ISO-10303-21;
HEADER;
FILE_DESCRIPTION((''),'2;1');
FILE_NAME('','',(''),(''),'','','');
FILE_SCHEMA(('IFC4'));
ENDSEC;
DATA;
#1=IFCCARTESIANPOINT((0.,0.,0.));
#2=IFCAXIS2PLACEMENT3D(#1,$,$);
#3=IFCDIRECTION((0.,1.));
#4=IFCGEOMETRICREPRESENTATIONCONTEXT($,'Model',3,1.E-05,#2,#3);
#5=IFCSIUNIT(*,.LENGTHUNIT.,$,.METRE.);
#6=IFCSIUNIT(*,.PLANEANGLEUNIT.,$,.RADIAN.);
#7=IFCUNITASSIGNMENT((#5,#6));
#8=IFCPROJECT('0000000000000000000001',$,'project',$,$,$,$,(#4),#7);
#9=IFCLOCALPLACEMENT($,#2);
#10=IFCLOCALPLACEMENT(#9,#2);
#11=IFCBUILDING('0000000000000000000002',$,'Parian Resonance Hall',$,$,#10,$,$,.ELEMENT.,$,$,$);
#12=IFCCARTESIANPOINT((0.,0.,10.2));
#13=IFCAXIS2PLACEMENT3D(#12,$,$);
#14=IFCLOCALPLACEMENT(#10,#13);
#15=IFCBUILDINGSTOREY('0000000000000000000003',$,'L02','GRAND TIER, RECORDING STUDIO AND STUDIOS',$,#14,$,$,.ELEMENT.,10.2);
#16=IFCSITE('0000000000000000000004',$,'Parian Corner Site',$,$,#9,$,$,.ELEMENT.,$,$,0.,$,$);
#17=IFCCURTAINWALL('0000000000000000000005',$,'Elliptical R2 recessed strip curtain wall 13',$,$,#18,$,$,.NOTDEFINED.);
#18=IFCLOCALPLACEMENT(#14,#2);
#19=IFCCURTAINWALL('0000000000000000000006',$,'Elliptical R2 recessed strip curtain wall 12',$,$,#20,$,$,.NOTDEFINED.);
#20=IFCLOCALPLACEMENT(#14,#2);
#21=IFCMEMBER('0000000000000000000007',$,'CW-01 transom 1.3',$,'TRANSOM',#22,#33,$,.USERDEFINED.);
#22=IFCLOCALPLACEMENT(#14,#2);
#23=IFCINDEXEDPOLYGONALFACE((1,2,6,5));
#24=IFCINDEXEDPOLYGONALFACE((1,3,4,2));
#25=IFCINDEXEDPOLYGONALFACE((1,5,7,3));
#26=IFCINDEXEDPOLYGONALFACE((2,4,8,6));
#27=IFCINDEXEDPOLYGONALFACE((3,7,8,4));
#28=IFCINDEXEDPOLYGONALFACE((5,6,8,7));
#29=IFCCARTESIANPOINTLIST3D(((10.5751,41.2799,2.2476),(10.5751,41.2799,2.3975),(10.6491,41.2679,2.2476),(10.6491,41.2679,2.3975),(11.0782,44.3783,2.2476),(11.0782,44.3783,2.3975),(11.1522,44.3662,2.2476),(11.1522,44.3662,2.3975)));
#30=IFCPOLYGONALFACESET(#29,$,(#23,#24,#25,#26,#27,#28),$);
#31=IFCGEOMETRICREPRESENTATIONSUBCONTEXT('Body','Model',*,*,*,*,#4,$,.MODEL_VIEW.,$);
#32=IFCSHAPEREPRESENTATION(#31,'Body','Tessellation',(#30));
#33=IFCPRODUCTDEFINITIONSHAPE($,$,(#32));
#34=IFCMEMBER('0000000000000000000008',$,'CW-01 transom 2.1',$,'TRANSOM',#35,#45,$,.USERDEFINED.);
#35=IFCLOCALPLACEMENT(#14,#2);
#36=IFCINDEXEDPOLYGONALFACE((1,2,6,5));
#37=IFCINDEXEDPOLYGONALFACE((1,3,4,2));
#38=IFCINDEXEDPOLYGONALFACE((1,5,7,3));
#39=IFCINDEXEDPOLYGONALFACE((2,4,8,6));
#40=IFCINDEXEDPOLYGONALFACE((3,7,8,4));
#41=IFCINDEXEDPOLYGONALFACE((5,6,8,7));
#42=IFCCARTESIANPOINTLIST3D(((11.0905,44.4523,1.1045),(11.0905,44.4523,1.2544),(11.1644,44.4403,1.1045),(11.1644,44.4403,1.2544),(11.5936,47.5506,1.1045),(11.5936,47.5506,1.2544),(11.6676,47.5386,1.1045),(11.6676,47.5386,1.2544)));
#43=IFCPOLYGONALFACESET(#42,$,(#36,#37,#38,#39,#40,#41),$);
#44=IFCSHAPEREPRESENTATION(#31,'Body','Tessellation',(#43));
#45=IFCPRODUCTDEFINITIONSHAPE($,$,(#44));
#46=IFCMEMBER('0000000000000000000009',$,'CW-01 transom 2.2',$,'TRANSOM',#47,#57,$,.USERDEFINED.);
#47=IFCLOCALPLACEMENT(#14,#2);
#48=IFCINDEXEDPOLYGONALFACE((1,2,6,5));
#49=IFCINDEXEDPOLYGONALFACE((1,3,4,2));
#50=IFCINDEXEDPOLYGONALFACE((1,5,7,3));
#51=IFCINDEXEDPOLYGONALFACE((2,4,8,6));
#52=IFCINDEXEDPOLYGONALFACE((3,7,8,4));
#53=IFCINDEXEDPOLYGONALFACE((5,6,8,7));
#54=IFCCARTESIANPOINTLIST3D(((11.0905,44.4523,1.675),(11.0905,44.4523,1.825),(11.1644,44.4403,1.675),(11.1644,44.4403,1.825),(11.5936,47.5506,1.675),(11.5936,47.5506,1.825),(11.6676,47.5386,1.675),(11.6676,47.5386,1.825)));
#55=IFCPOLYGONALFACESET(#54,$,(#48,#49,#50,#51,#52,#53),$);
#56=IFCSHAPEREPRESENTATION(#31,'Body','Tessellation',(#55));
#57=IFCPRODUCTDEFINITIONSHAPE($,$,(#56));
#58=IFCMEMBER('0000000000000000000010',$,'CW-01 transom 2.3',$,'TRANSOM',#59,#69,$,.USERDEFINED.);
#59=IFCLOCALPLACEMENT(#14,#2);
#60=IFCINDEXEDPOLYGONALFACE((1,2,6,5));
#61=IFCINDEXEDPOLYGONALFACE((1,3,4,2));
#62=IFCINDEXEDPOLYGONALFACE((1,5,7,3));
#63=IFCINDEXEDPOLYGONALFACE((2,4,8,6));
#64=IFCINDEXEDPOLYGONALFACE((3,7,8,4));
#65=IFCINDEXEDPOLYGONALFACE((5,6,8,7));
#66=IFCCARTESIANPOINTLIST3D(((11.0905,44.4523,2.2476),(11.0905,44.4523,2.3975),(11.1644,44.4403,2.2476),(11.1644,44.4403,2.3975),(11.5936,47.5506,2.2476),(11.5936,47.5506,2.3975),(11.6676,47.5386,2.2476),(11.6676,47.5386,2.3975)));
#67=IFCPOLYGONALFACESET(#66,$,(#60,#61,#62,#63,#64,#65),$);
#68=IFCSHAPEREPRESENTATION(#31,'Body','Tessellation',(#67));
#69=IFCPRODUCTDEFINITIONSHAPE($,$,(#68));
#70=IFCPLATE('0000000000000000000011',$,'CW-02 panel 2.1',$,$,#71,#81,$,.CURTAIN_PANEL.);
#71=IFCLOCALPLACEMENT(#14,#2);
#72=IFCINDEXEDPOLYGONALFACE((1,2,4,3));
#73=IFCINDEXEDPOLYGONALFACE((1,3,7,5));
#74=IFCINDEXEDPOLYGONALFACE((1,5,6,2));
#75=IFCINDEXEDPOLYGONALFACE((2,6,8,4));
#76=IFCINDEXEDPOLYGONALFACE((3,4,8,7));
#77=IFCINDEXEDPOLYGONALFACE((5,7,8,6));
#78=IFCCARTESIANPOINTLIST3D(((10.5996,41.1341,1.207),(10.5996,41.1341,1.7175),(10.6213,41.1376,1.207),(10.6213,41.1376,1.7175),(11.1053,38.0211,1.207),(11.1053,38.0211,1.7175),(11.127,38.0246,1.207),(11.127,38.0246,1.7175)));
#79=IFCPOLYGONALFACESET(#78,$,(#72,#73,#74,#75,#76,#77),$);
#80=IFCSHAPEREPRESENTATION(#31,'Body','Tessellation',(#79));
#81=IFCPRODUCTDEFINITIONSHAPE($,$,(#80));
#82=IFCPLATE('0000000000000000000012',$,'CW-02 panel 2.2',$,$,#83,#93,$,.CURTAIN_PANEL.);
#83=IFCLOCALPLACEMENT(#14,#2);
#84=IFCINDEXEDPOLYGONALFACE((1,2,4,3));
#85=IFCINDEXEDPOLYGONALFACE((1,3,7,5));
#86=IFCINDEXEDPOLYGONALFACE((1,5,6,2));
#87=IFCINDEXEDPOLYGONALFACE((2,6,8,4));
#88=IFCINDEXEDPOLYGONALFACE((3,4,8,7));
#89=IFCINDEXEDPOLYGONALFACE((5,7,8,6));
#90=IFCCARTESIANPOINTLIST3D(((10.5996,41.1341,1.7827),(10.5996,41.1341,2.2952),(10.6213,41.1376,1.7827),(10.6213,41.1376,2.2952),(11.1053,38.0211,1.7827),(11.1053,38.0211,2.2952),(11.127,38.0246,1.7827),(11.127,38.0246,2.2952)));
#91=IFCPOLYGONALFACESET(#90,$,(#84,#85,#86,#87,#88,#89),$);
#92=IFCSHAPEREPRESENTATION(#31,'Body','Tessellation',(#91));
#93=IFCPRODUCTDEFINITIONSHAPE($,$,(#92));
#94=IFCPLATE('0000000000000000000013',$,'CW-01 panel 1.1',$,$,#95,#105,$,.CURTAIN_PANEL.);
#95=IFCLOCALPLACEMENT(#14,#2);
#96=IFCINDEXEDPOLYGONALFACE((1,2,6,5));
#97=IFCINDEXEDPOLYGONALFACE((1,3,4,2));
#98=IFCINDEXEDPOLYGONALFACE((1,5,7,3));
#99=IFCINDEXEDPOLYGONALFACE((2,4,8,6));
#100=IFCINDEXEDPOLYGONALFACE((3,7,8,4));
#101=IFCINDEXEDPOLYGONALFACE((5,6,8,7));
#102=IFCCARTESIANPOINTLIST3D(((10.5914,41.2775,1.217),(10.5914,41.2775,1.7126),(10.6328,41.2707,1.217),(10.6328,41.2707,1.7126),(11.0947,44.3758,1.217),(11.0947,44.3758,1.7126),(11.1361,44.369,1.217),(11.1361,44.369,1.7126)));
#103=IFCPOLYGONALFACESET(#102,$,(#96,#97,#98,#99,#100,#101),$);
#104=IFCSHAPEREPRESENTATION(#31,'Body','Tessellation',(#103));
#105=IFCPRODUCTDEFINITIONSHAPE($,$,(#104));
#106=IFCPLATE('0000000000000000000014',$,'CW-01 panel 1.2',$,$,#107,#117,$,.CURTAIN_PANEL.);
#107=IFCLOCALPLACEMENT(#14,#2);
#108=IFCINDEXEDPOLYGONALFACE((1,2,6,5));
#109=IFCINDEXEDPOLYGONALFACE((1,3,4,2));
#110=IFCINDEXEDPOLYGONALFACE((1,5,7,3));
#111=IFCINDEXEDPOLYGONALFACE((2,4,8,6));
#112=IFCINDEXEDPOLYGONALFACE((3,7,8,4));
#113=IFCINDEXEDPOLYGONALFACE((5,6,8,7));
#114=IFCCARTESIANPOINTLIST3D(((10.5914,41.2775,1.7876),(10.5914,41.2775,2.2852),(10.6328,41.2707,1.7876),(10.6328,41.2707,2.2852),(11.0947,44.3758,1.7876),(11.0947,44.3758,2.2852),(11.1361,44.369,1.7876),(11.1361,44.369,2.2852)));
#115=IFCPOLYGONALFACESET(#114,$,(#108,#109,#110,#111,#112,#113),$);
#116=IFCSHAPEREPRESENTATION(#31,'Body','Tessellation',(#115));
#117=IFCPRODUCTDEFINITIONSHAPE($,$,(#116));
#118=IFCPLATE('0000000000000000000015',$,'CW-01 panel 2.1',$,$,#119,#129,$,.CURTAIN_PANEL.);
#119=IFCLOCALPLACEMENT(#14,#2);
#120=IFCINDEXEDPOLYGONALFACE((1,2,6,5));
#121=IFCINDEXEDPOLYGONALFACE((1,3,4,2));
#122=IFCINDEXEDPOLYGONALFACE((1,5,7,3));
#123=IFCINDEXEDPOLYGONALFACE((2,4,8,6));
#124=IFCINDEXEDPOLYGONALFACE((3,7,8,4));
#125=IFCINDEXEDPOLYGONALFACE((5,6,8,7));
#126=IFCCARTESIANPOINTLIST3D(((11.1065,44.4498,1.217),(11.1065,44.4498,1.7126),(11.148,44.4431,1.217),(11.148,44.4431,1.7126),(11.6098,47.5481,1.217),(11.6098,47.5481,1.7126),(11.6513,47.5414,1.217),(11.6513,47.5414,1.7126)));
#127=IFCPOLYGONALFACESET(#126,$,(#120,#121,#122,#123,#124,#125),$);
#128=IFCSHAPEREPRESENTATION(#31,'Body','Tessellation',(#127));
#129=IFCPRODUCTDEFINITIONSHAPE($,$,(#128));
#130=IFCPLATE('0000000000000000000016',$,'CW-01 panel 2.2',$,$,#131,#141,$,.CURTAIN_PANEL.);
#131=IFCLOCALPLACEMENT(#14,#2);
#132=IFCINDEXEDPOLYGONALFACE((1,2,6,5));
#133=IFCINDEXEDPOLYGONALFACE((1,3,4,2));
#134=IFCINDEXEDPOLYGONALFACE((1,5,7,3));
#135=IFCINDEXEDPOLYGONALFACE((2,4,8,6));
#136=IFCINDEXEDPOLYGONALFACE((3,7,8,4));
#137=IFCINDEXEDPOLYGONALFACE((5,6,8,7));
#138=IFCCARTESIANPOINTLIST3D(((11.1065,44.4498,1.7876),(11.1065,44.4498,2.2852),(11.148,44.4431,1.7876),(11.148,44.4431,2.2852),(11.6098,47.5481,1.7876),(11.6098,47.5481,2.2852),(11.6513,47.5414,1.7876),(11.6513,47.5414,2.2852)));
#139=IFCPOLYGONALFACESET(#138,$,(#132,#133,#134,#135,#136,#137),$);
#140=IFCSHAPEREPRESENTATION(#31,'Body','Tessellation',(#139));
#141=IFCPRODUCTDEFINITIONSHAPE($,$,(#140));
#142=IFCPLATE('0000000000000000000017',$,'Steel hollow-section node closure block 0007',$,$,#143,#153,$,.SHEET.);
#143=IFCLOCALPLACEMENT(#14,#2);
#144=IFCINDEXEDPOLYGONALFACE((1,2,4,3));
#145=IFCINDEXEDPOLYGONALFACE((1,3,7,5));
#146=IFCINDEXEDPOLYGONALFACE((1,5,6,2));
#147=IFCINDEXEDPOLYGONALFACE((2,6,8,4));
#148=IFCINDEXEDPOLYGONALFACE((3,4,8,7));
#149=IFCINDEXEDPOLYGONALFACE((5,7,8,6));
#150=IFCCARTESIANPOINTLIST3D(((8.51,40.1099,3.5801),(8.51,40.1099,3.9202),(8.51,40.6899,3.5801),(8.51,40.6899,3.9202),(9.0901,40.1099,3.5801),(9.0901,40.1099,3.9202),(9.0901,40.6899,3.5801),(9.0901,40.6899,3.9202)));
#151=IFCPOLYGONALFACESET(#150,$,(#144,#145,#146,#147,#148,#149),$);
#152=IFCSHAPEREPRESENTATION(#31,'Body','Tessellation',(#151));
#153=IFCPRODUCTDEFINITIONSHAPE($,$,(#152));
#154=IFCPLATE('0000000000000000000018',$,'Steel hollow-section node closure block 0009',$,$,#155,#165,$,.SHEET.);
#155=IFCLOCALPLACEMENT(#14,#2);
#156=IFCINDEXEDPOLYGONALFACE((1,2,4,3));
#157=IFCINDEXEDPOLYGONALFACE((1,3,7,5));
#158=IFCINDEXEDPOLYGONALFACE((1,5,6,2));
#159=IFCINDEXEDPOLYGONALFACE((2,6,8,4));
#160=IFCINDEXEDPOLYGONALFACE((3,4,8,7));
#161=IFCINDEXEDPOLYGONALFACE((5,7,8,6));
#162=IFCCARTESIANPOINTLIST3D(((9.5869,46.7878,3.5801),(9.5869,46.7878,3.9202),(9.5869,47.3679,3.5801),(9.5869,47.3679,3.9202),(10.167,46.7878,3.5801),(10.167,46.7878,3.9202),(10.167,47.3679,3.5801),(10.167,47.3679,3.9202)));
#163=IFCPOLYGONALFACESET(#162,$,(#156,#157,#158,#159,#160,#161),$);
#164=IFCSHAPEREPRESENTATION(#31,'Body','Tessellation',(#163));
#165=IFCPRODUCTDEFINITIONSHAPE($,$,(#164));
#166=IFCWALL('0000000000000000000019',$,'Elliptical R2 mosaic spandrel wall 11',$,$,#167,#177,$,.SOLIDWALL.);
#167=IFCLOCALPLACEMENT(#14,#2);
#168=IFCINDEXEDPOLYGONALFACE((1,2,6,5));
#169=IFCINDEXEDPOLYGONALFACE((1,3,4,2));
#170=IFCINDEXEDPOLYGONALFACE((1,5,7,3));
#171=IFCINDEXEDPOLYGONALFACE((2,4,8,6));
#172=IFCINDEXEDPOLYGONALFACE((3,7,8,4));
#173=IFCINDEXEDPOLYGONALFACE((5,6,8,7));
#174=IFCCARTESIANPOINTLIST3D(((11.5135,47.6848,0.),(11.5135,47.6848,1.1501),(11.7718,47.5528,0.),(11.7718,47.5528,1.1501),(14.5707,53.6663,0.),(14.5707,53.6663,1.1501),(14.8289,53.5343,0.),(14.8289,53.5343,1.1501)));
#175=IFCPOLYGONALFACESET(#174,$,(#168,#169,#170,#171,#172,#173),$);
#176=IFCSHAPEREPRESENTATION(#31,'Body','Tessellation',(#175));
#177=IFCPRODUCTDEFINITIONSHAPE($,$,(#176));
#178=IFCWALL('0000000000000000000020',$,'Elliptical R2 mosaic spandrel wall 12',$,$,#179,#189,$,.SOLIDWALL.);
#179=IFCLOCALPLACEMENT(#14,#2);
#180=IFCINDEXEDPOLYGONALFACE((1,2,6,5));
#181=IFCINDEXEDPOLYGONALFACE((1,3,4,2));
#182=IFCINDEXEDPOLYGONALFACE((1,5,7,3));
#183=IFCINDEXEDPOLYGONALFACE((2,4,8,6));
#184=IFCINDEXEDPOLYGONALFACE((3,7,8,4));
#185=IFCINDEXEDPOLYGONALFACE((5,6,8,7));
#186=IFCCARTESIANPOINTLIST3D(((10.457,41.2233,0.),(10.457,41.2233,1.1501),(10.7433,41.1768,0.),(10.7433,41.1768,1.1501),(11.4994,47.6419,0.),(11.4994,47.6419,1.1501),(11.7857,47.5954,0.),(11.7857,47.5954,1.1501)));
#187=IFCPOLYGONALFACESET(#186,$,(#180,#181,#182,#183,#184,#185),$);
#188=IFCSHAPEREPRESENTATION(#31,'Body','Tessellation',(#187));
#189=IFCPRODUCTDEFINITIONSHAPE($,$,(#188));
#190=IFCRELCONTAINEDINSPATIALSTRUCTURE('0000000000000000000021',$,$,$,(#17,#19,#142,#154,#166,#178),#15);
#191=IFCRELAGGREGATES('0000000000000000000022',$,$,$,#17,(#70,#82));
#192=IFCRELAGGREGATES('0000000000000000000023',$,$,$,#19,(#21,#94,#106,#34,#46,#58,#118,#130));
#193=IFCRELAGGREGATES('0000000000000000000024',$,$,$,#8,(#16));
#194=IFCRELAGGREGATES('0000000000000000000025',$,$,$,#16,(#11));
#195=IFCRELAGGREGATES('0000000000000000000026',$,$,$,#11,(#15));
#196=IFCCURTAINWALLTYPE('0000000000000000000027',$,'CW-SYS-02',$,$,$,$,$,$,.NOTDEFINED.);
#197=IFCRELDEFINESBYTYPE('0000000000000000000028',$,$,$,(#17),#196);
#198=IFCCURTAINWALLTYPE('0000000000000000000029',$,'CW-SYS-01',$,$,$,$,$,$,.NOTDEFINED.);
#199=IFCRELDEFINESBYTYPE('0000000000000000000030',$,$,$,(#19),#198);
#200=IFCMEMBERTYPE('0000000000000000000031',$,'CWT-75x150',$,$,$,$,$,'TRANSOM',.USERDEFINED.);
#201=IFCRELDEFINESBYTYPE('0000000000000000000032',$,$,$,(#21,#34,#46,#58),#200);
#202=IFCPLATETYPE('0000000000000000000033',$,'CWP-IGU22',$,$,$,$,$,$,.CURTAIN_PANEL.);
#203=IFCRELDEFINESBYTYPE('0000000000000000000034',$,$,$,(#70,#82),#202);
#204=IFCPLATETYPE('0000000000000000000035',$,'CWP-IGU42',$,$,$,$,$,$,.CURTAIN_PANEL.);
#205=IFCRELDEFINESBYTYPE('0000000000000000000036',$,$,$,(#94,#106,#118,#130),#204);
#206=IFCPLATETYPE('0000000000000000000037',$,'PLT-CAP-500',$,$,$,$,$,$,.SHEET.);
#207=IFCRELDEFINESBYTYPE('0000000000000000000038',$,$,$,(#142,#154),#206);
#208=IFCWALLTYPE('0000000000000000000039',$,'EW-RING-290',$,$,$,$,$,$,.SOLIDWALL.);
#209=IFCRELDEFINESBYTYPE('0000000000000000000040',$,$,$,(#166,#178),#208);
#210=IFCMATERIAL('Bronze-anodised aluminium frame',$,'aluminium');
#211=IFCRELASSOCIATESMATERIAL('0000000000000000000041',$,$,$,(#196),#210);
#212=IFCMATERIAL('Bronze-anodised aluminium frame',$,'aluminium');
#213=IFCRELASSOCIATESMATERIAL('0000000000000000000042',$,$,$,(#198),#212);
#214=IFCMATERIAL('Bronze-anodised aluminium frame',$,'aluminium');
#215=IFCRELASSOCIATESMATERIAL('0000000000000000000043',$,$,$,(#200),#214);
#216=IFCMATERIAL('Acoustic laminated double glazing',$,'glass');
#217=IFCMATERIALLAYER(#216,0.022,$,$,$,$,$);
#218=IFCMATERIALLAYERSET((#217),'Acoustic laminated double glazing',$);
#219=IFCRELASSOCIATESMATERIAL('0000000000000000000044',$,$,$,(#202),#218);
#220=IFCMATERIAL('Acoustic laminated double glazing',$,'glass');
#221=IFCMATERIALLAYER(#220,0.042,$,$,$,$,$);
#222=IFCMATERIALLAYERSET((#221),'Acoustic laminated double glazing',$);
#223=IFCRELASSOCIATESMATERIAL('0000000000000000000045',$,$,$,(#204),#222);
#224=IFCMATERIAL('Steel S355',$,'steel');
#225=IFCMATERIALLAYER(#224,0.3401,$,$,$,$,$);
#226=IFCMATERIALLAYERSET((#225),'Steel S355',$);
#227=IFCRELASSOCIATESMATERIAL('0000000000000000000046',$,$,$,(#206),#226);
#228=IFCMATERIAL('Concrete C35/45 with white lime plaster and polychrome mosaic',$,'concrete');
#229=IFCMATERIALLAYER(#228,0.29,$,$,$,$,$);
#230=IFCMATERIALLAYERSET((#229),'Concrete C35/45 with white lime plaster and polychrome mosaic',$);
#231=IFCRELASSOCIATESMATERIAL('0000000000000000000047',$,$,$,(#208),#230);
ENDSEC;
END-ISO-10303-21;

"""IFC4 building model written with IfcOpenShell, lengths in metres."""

from ifc_helpers import new_model, si_unit, direction, frame, frame_2d, origin, origin_2d, place, context, subcontext, project, spatial, rectangle, extrude, material, layer, layer_set, material_profile, profile_set, type_object, element, aggregate, save


model = new_model("IFC4")

# Units and contexts
model_context = context("Model", 3, precision=1e-05, world=origin(), true_north=direction((0.0, 1.0)))
body_context = subcontext(model_context, "Body", "Model", "MODEL_VIEW")
ifc_project = project(units=[si_unit("LENGTHUNIT", "METRE"), si_unit("PLANEANGLEUNIT", "RADIAN")], contexts=[model_context])

# Site, building, storey
site_placement = place(None, origin())
site = spatial("IfcSite", under=ifc_project, at=site_placement, Name="Parian Corner Site", CompositionType="ELEMENT", RefElevation=0.0)
building_placement = place(site_placement, origin())
building = spatial("IfcBuilding", under=site, at=building_placement, Name="Parian Resonance Hall", CompositionType="ELEMENT")
storey_placement = place(building_placement, frame((0.0, 0.0, 10.2)))
storey = spatial("IfcBuildingStorey", under=building, at=storey_placement, Name="L02", Description="GRAND TIER, RECORDING STUDIO AND STUDIOS", CompositionType="ELEMENT", Elevation=10.2)

# Curtain wall
ifc_material_1 = material(Name="Bronze-anodised aluminium frame", Category="aluminium")
curtain_wall_type_1 = type_object("IfcCurtainWallType", Name="CW-SYS-02", PredefinedType="NOTDEFINED", material=ifc_material_1)
curtain_wall_1_placement = place(storey_placement, origin())
curtain_wall_1 = element("IfcCurtainWall", 1, at=curtain_wall_1_placement, inside=storey, type_object=curtain_wall_type_1, Name="Elliptical R2 recessed strip curtain wall 13", PredefinedType="NOTDEFINED")

# Curtain wall, members
ifc_material_2 = material(Name="Bronze-anodised aluminium frame", Category="aluminium")
curtain_wall_type_2 = type_object("IfcCurtainWallType", Name="CW-SYS-01", PredefinedType="NOTDEFINED", material=ifc_material_2)
curtain_wall_2_placement = place(storey_placement, origin())
curtain_wall_2 = element("IfcCurtainWall", 2, at=curtain_wall_2_placement, inside=storey, type_object=curtain_wall_type_2, Name="Elliptical R2 recessed strip curtain wall 12", PredefinedType="NOTDEFINED")
ifc_material_3 = material(Name="Bronze-anodised aluminium frame", Category="aluminium")
ifc_material_profile_1 = material_profile(ifc_material_3, rectangle(XDim=0.075, YDim=0.1499, at=origin_2d()), Name="CWT-75x150")
ifc_profile_set_1 = profile_set([ifc_material_profile_1], Name="Bronze-anodised aluminium frame")
member_type_1 = type_object("IfcMemberType", Name="CWT-75x150", ElementType="TRANSOM", PredefinedType="USERDEFINED", material=ifc_profile_set_1)
member_1_placement = place(storey_placement, frame((10.6121, 41.2739, 2.3225), z_axis=(0.160299, 0.987069, 0.0), x_axis=(-0.987069, 0.160299, 0.0)))
member_1 = element("IfcMember", 3, at=member_1_placement, type_object=member_type_1, Name="CW-01 transom 1.3", ObjectType="TRANSOM", PredefinedType="USERDEFINED", context=body_context, shape_type="SweptSolid", body=[
    extrude(rectangle(XDim=0.075, YDim=0.1499, at=origin_2d()), origin(), (0.0, 0.0, 1.0), 3.1389),
])
member_2_placement = place(storey_placement, frame((11.1274, 44.4463, 1.1794), z_axis=(0.160299, 0.987069, 0.0), x_axis=(-0.987069, 0.160299, 0.0)))
member_2 = element("IfcMember", 4, at=member_2_placement, type_object=member_type_1, Name="CW-01 transom 2.1", ObjectType="TRANSOM", PredefinedType="USERDEFINED", context=body_context, shape_type="SweptSolid", body=[
    extrude(rectangle(XDim=0.075, YDim=0.1499, at=origin_2d()), origin(), (0.0, 0.0, 1.0), 3.1389),
])
member_3_placement = place(storey_placement, frame((11.1274, 44.4463, 1.75), z_axis=(0.160299, 0.987069, 0.0), x_axis=(-0.987069, 0.160299, 0.0)))
member_3 = element("IfcMember", 5, at=member_3_placement, type_object=member_type_1, Name="CW-01 transom 2.2", ObjectType="TRANSOM", PredefinedType="USERDEFINED", context=body_context, shape_type="SweptSolid", body=[
    extrude(rectangle(XDim=0.075, YDim=0.1499, at=origin_2d()), origin(), (0.0, 0.0, 1.0), 3.1389),
])
member_4_placement = place(storey_placement, frame((11.1274, 44.4463, 2.3225), z_axis=(0.160299, 0.987069, 0.0), x_axis=(-0.987069, 0.160299, 0.0)))
member_4 = element("IfcMember", 6, at=member_4_placement, type_object=member_type_1, Name="CW-01 transom 2.3", ObjectType="TRANSOM", PredefinedType="USERDEFINED", context=body_context, shape_type="SweptSolid", body=[
    extrude(rectangle(XDim=0.075, YDim=0.1499, at=origin_2d()), origin(), (0.0, 0.0, 1.0), 3.1389),
])

# Plates
ifc_material_4 = material(Name="Acoustic laminated double glazing", Category="glass")
ifc_layer_1 = layer(ifc_material_4, 0.022)
ifc_layer_set_1 = layer_set([ifc_layer_1], Name="Acoustic laminated double glazing")
plate_type_1 = type_object("IfcPlateType", Name="CWP-IGU22", PredefinedType="CURTAIN_PANEL", material=ifc_layer_set_1)
plate_1_placement = place(storey_placement, frame((10.8633, 39.5793, 1.207), z_axis=(0.0, 0.0, 1.0), x_axis=(-0.160345, 0.987061, 0.0)))
plate_1 = element("IfcPlate", 7, at=plate_1_placement, type_object=plate_type_1, Name="CW-02 panel 2.1", PredefinedType="CURTAIN_PANEL", context=body_context, shape_type="SweptSolid", body=[
    extrude(rectangle(XDim=3.1538, YDim=0.022, at=origin_2d()), origin(), (0.0, 0.0, 1.0), 0.5105),
])
plate_2_placement = place(storey_placement, frame((10.8633, 39.5793, 1.7827), z_axis=(0.0, 0.0, 1.0), x_axis=(-0.160345, 0.987061, 0.0)))
plate_2 = element("IfcPlate", 8, at=plate_2_placement, type_object=plate_type_1, Name="CW-02 panel 2.2", PredefinedType="CURTAIN_PANEL", context=body_context, shape_type="SweptSolid", body=[
    extrude(rectangle(XDim=3.1538, YDim=0.022, at=origin_2d()), origin(), (0.0, 0.0, 1.0), 0.5125),
])
aggregate(curtain_wall_1, [plate_1, plate_2])
ifc_material_5 = material(Name="Acoustic laminated double glazing", Category="glass")
ifc_layer_2 = layer(ifc_material_5, 0.042)
ifc_layer_set_2 = layer_set([ifc_layer_2], Name="Acoustic laminated double glazing")
plate_type_2 = type_object("IfcPlateType", Name="CWP-IGU42", PredefinedType="CURTAIN_PANEL", material=ifc_layer_set_2)
plate_3_placement = place(storey_placement, frame((10.8638, 42.8232, 1.217), z_axis=(0.0, 0.0, 1.0), x_axis=(0.160345, 0.987061, 0.0)))
plate_3 = element("IfcPlate", 9, at=plate_3_placement, type_object=plate_type_2, Name="CW-01 panel 1.1", PredefinedType="CURTAIN_PANEL", context=body_context, shape_type="SweptSolid", body=[
    extrude(rectangle(XDim=3.1389, YDim=0.042, at=origin_2d()), origin(), (0.0, 0.0, 1.0), 0.4956),
])
plate_4_placement = place(storey_placement, frame((10.8638, 42.8232, 1.7876), z_axis=(0.0, 0.0, 1.0), x_axis=(0.160345, 0.987061, 0.0)))
plate_4 = element("IfcPlate", 10, at=plate_4_placement, type_object=plate_type_2, Name="CW-01 panel 1.2", PredefinedType="CURTAIN_PANEL", context=body_context, shape_type="SweptSolid", body=[
    extrude(rectangle(XDim=3.1389, YDim=0.042, at=origin_2d()), origin(), (0.0, 0.0, 1.0), 0.4976),
])
plate_5_placement = place(storey_placement, frame((11.3789, 45.9956, 1.217), z_axis=(0.0, 0.0, 1.0), x_axis=(0.160345, 0.987061, 0.0)))
plate_5 = element("IfcPlate", 11, at=plate_5_placement, type_object=plate_type_2, Name="CW-01 panel 2.1", PredefinedType="CURTAIN_PANEL", context=body_context, shape_type="SweptSolid", body=[
    extrude(rectangle(XDim=3.1389, YDim=0.042, at=origin_2d()), origin(), (0.0, 0.0, 1.0), 0.4956),
])
plate_6_placement = place(storey_placement, frame((11.3789, 45.9956, 1.7876), z_axis=(0.0, 0.0, 1.0), x_axis=(0.160345, 0.987061, 0.0)))
plate_6 = element("IfcPlate", 12, at=plate_6_placement, type_object=plate_type_2, Name="CW-01 panel 2.2", PredefinedType="CURTAIN_PANEL", context=body_context, shape_type="SweptSolid", body=[
    extrude(rectangle(XDim=3.1389, YDim=0.042, at=origin_2d()), origin(), (0.0, 0.0, 1.0), 0.4976),
])
aggregate(curtain_wall_2, [member_1, plate_3, plate_4, member_2, member_3, member_4, plate_5, plate_6])

# Plates
ifc_material_6 = material(Name="Steel S355", Category="steel")
ifc_layer_3 = layer(ifc_material_6, 0.3401)
ifc_layer_set_3 = layer_set([ifc_layer_3], Name="Steel S355")
plate_type_3 = type_object("IfcPlateType", Name="PLT-CAP-500", PredefinedType="SHEET", material=ifc_layer_set_3)
for number, where, z_axis, x_axis, name in (
    (13, (8.8, 40.3999, 3.5801), (0.0, 0.0, 1.0), (1.0, 0.0, 0.0), "Steel hollow-section node closure block 0007"),
    (14, (9.877, 47.0779, 3.5801), (0.0, 0.0, 1.0), (1.0, 0.0, 0.0), "Steel hollow-section node closure block 0009"),
):
    element("IfcPlate", number, at=place(storey_placement, frame(where, z_axis=z_axis, x_axis=x_axis)), inside=storey, type_object=plate_type_3, Name=name, PredefinedType="SHEET", context=body_context, shape_type="SweptSolid", body=[
        extrude(rectangle(XDim=0.5801, YDim=0.5801, at=origin_2d()), origin(), (0.0, 0.0, 1.0), 0.3401),
    ])

# Walls
ifc_material_7 = material(Name="Concrete C35/45 with white lime plaster and polychrome mosaic", Category="concrete")
ifc_layer_4 = layer(ifc_material_7, 0.29)
ifc_layer_set_4 = layer_set([ifc_layer_4], Name="Concrete C35/45 with white lime plaster and polychrome mosaic")
wall_type = type_object("IfcWallType", Name="EW-RING-290", PredefinedType="SOLIDWALL", material=ifc_layer_set_4)
wall_1_placement = place(storey_placement, frame((11.6426, 47.6187, 0.0), z_axis=(0.0, 0.0, 1.0), x_axis=(0.455105, 0.890438, 0.0)))
element("IfcWall", 15, at=wall_1_placement, inside=storey, type_object=wall_type, Name="Elliptical R2 mosaic spandrel wall 11", PredefinedType="SOLIDWALL", context=body_context, shape_type="SweptSolid", body=[
    extrude(rectangle(XDim=6.7175, YDim=0.29, at=frame_2d((3.3589, 0.0))), origin(), (0.0, 0.0, 1.0), 1.1501),
])
wall_2_placement = place(storey_placement, frame((10.6001, 41.2, 0.0), z_axis=(0.0, 0.0, 1.0), x_axis=(0.160312, 0.987066, 0.0)))
element("IfcWall", 16, at=wall_2_placement, inside=storey, type_object=wall_type, Name="Elliptical R2 mosaic spandrel wall 12", PredefinedType="SOLIDWALL", context=body_context, shape_type="SweptSolid", body=[
    extrude(rectangle(XDim=6.5027, YDim=0.29, at=frame_2d((3.2515, 0.0))), origin(), (0.0, 0.0, 1.0), 1.1501),
])

save(model, "model.ifc")
